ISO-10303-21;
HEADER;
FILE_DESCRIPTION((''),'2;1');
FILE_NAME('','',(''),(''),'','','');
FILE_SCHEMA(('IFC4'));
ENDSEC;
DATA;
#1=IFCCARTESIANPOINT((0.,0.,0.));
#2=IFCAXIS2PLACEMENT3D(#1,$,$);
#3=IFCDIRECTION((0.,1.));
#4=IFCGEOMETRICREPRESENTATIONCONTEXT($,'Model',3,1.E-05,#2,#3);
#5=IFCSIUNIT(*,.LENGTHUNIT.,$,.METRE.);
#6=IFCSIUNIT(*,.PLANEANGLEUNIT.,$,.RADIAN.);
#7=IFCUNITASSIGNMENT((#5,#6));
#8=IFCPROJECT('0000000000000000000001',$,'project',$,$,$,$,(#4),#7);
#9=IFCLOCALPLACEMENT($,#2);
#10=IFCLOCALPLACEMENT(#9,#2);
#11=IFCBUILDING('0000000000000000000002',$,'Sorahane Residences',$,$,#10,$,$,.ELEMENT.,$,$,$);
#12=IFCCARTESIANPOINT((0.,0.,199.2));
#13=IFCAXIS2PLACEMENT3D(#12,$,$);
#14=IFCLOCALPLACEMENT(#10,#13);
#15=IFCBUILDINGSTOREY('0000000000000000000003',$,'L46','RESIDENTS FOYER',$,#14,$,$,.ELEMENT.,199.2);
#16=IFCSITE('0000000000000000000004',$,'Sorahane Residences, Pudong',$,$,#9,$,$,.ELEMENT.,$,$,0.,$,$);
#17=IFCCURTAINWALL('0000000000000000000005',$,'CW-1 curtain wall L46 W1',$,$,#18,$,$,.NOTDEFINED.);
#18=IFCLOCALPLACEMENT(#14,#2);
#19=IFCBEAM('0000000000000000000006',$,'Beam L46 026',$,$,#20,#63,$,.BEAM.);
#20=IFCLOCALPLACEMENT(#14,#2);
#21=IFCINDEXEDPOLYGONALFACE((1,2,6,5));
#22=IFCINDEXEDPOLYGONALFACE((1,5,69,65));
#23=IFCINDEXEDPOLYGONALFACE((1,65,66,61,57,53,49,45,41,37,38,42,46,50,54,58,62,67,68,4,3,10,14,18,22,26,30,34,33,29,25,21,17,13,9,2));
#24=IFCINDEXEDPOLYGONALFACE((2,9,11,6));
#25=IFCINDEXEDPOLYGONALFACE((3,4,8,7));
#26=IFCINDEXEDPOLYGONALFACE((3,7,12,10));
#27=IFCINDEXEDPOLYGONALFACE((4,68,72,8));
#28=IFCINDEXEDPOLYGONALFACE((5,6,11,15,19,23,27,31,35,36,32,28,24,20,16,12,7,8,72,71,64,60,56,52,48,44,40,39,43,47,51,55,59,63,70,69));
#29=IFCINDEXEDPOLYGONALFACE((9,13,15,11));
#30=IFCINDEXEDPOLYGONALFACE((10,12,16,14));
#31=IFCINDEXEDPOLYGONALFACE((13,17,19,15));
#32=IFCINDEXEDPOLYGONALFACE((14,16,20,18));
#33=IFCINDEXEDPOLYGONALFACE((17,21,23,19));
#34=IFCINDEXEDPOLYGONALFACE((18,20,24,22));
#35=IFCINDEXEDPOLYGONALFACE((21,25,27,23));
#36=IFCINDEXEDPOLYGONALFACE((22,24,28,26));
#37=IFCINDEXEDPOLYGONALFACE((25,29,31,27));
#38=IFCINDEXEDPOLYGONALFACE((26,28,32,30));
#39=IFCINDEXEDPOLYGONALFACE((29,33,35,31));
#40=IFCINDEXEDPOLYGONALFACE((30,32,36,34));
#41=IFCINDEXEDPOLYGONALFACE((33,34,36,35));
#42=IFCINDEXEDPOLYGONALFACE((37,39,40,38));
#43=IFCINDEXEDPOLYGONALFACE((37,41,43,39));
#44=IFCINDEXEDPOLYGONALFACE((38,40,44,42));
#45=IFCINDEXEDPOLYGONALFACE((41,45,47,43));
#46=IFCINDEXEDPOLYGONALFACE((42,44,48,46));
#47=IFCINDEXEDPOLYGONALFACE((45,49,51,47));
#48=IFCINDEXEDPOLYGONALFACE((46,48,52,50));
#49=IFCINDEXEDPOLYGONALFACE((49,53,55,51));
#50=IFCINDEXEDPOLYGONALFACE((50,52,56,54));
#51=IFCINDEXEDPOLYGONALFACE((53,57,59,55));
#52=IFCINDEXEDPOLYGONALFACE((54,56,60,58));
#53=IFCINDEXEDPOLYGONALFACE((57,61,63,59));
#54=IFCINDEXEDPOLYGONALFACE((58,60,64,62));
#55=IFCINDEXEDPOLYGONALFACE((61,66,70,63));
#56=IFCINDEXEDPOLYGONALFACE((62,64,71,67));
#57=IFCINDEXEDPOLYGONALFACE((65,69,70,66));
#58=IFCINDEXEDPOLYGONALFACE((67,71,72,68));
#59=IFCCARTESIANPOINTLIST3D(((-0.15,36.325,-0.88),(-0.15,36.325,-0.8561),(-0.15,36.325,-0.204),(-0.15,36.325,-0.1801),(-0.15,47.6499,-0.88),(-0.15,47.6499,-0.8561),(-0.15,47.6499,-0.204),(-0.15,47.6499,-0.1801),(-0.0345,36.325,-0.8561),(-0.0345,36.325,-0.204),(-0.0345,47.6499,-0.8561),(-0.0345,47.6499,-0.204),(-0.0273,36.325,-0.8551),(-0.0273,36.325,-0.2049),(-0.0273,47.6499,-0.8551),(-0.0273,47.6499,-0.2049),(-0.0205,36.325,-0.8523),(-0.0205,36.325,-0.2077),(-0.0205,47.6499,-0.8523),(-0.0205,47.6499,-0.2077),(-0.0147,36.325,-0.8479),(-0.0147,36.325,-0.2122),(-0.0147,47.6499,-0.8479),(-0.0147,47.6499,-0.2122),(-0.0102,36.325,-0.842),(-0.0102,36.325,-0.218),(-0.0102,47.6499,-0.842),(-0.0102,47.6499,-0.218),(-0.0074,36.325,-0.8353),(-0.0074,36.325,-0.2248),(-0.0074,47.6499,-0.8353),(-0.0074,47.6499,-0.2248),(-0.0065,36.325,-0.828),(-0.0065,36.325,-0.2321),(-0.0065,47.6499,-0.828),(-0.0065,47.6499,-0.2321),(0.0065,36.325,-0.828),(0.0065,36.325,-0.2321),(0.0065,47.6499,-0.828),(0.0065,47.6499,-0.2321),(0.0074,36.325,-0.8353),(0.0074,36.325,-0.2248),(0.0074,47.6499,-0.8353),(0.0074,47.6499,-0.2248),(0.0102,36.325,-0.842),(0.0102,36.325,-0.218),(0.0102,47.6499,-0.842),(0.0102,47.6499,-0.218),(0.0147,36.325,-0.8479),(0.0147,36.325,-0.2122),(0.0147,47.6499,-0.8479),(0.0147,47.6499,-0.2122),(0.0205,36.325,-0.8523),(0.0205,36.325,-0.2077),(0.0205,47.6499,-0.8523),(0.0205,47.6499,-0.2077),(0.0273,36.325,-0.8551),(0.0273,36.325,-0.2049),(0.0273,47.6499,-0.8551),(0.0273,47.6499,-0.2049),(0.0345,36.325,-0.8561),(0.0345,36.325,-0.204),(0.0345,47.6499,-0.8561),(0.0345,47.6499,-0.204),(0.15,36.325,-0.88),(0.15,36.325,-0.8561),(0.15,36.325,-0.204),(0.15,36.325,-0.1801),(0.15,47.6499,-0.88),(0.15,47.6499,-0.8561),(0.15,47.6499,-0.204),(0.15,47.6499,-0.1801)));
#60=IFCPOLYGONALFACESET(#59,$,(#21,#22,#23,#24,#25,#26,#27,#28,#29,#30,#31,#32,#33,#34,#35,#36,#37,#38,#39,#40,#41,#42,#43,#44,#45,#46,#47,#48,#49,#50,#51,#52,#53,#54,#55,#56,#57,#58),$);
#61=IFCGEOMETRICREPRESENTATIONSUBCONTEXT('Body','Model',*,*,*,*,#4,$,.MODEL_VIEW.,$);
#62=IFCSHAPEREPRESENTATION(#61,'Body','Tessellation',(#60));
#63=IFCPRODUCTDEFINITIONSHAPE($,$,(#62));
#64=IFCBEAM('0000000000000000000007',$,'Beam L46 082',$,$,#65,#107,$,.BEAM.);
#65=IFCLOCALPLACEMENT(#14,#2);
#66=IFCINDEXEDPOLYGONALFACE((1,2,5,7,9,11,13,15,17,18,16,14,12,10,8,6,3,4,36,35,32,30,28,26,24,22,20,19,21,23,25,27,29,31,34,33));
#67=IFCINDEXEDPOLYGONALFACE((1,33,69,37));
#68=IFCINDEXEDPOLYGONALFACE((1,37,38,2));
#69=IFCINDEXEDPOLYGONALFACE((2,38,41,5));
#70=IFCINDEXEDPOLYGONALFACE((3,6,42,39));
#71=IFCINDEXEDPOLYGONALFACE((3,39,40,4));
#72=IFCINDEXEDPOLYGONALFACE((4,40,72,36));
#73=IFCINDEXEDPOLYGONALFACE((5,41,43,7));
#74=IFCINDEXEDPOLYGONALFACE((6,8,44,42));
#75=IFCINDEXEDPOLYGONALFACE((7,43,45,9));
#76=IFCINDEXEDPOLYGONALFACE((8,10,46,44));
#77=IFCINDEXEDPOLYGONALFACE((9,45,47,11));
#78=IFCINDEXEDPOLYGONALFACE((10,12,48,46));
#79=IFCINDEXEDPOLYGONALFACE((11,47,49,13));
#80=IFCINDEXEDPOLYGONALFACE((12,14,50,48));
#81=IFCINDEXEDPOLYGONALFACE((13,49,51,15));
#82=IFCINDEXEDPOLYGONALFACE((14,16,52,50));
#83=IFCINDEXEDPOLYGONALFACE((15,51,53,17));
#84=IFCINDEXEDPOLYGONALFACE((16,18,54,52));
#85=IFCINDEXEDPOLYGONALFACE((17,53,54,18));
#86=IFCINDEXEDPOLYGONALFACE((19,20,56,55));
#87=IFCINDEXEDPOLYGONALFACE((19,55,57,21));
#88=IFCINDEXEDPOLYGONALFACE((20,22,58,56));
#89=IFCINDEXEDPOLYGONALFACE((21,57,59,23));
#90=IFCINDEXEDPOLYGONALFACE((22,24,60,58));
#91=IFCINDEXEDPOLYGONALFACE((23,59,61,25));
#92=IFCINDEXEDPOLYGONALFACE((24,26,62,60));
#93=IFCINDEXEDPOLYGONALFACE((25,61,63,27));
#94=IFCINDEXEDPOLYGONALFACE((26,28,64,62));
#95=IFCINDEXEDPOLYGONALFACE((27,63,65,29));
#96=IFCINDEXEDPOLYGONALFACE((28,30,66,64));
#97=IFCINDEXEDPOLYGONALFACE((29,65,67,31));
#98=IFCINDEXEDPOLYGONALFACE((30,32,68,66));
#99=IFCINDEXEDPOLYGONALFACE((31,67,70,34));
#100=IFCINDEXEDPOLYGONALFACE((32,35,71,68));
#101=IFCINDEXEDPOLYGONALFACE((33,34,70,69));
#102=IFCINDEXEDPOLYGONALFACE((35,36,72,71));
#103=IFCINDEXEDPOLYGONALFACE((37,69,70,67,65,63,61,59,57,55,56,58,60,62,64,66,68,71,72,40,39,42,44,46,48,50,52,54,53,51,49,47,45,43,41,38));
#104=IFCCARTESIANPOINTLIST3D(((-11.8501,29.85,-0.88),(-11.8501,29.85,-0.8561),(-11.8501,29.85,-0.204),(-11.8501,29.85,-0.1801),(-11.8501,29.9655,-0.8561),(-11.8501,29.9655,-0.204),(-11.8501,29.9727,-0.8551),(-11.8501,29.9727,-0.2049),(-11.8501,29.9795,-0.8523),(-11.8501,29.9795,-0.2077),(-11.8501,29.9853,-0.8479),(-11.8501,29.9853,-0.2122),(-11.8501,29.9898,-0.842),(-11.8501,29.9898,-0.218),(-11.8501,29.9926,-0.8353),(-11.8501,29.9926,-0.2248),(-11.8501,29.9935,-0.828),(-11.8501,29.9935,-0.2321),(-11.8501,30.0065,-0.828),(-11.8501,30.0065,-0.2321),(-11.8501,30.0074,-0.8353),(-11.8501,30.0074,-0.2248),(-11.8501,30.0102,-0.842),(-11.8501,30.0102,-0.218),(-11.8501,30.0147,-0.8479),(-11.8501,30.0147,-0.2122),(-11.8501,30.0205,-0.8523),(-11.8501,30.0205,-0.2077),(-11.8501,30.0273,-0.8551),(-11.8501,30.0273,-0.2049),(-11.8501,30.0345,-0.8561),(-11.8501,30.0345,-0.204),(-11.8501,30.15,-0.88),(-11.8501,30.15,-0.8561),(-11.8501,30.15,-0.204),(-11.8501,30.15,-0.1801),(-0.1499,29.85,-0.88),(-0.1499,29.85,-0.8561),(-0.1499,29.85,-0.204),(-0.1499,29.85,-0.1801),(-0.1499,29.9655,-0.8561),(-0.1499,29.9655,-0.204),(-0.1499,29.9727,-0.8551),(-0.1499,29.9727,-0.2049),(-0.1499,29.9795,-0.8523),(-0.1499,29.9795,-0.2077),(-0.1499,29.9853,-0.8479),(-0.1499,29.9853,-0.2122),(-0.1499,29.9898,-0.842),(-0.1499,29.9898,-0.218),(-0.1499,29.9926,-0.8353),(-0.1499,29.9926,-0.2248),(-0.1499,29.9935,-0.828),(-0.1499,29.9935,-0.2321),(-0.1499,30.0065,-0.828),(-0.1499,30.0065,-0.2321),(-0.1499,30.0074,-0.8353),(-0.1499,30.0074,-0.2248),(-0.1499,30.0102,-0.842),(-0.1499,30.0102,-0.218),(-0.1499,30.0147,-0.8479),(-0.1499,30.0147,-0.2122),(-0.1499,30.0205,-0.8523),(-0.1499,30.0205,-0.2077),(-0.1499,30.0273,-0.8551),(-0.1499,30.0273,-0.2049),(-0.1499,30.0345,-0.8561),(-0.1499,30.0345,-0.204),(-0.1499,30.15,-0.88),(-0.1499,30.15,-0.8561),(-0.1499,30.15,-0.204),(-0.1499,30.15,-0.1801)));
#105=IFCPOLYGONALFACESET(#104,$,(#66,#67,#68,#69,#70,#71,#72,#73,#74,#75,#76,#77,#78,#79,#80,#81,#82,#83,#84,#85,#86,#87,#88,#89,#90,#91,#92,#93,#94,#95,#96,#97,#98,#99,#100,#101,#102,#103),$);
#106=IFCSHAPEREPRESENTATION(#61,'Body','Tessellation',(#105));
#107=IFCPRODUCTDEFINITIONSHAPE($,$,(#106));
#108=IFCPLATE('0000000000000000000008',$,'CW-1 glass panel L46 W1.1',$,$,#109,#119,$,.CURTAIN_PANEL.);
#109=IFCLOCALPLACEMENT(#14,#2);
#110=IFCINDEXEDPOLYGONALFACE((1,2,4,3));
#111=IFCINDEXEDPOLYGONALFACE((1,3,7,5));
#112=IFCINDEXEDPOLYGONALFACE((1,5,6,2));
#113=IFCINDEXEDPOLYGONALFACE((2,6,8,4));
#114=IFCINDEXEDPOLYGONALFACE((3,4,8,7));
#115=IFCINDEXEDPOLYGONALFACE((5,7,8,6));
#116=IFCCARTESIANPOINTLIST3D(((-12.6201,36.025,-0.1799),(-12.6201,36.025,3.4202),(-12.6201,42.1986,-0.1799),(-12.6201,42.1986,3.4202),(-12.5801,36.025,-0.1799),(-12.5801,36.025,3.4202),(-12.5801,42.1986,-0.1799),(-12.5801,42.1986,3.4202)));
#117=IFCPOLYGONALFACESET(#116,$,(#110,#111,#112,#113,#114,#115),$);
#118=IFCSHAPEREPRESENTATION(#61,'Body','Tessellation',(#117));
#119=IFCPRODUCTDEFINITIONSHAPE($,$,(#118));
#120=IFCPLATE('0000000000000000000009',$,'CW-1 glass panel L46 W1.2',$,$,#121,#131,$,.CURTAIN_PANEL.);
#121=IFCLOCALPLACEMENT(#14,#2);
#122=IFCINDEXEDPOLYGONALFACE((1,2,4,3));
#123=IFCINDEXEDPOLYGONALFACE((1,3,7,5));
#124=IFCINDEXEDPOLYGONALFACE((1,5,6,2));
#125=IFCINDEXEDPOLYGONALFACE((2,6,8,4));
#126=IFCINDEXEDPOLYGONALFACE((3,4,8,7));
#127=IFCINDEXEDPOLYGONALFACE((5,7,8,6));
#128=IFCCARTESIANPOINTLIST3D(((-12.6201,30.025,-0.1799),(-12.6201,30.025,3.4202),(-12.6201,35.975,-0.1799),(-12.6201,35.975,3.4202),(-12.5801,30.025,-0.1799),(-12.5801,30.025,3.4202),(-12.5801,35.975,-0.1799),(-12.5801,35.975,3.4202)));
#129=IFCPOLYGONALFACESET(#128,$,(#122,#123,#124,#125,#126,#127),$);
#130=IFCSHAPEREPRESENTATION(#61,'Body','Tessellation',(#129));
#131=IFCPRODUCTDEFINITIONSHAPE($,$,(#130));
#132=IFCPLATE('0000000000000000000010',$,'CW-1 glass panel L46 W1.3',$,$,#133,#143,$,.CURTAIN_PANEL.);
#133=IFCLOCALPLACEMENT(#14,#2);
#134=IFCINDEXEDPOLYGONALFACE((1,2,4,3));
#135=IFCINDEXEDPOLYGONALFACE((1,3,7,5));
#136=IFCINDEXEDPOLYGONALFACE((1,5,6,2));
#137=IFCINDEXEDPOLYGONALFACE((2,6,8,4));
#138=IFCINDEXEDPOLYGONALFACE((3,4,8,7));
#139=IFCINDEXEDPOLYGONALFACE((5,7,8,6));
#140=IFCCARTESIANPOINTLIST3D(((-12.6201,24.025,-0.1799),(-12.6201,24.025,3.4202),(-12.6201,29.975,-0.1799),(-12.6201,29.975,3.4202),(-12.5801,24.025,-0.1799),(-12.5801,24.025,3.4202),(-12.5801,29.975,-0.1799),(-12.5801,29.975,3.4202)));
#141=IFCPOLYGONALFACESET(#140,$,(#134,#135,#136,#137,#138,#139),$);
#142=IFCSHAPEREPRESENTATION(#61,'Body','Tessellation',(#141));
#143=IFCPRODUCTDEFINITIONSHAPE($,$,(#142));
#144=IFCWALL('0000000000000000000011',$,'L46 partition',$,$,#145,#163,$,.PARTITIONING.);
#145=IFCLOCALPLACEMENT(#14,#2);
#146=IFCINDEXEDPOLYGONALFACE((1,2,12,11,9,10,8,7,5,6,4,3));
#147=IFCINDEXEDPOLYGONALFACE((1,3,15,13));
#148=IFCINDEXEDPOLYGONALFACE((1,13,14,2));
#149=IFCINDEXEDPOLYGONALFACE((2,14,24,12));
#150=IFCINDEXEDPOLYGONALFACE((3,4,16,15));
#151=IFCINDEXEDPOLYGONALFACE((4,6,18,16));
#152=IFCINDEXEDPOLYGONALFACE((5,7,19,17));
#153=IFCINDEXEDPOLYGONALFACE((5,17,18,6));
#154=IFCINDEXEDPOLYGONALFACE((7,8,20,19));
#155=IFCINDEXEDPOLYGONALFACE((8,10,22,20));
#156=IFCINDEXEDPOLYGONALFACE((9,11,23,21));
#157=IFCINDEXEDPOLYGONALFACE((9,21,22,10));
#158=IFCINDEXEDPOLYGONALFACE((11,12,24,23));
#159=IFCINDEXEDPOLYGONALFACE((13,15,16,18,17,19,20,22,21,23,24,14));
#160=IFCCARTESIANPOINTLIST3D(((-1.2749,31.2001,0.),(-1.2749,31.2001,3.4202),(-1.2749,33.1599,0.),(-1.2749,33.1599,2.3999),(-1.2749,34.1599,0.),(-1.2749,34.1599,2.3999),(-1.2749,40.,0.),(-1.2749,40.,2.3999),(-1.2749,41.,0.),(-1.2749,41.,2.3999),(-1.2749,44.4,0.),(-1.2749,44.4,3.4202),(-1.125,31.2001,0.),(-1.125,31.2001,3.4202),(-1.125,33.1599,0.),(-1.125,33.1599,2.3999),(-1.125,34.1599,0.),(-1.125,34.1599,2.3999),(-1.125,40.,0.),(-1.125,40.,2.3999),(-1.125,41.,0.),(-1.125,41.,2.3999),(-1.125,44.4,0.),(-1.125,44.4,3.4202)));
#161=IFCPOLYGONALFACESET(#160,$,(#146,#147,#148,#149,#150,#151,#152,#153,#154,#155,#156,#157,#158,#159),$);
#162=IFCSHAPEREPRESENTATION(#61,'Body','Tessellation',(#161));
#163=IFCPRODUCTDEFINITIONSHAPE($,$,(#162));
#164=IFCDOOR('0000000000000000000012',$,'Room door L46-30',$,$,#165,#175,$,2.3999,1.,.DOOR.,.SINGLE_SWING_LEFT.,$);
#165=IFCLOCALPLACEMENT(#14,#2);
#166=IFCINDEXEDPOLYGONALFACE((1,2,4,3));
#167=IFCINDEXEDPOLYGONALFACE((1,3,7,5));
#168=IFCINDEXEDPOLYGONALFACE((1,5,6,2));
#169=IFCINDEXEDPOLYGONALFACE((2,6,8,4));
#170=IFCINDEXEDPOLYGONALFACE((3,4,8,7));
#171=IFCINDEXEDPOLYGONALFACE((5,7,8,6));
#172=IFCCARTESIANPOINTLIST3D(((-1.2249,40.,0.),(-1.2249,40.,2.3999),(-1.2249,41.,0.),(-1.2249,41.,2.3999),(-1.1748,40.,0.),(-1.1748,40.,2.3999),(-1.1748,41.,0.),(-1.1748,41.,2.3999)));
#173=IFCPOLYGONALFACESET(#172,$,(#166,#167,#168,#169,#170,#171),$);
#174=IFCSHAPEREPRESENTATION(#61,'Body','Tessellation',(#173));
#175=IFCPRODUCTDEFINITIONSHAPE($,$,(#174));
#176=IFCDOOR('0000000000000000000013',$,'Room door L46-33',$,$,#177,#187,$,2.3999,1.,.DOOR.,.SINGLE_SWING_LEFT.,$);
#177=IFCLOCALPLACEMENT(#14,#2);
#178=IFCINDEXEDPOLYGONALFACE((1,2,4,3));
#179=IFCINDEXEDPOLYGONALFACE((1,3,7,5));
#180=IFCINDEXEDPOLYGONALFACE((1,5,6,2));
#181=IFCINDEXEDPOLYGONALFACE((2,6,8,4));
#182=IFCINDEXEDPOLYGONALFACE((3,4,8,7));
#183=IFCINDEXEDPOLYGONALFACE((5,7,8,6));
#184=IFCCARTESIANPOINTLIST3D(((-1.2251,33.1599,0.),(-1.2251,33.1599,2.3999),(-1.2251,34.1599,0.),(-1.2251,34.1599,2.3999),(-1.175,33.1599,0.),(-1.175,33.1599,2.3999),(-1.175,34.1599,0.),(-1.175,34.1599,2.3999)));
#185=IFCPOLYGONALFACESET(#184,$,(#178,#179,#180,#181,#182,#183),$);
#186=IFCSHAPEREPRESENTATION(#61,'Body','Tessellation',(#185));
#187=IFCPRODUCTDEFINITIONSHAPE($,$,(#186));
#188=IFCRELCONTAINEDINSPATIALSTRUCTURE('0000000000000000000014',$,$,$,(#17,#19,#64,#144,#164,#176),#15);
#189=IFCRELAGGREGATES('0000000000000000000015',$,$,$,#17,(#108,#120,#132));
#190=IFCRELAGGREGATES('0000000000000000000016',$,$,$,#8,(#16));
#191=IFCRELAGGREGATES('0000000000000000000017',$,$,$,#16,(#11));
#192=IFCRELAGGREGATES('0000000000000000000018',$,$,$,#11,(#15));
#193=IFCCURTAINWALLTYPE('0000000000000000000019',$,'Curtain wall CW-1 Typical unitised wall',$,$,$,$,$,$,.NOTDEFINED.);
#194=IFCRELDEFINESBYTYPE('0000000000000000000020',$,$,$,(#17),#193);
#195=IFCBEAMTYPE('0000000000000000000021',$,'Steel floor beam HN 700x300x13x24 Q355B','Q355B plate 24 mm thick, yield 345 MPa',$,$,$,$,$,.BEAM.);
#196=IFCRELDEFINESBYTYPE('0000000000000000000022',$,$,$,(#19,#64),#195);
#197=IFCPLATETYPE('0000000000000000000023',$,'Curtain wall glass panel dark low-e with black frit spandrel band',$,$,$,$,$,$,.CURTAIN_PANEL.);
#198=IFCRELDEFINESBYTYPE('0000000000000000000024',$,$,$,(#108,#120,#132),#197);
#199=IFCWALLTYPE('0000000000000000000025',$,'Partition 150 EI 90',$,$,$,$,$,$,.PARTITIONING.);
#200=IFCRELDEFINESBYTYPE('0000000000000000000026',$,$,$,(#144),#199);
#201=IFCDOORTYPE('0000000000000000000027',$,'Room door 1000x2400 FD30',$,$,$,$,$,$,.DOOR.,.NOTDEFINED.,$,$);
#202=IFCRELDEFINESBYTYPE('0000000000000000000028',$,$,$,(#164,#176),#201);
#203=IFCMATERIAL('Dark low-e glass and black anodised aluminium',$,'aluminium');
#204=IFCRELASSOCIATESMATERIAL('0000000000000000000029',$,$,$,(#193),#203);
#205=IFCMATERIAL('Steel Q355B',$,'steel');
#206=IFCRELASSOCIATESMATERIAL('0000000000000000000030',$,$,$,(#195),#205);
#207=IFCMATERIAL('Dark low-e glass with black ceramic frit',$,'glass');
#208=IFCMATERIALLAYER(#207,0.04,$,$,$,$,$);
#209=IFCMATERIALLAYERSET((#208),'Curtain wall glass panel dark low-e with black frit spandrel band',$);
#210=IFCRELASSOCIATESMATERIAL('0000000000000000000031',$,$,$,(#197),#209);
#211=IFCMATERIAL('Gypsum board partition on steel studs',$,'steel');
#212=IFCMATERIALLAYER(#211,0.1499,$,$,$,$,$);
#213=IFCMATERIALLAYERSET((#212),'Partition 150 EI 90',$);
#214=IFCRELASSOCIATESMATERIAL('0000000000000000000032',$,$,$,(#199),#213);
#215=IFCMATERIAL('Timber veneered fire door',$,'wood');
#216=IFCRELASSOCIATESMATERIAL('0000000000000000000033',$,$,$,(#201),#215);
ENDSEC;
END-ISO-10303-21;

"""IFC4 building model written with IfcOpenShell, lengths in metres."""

from ifc_helpers import new_model, si_unit, direction, frame, frame_2d, origin, origin_2d, place, context, subcontext, project, spatial, rectangle, i_section, extrude, material, layer, layer_set, material_profile, profile_set, type_object, element, fill, aggregate, save


model = new_model("IFC4")

# Units and contexts
model_context = context("Model", 3, precision=1e-05, world=origin(), true_north=direction((0.0, 1.0)))
body_context = subcontext(model_context, "Body", "Model", "MODEL_VIEW")
ifc_project = project(units=[si_unit("LENGTHUNIT", "METRE"), si_unit("PLANEANGLEUNIT", "RADIAN")], contexts=[model_context])

# Site, building, storey
site_placement = place(None, origin())
site = spatial("IfcSite", under=ifc_project, at=site_placement, Name="Sorahane Residences, Pudong", CompositionType="ELEMENT", RefElevation=0.0)
building_placement = place(site_placement, origin())
building = spatial("IfcBuilding", under=site, at=building_placement, Name="Sorahane Residences", CompositionType="ELEMENT")
storey_placement = place(building_placement, frame((0.0, 0.0, 199.2)))
storey = spatial("IfcBuildingStorey", under=building, at=storey_placement, Name="L46", Description="RESIDENTS FOYER", CompositionType="ELEMENT", Elevation=199.2)

# Curtain wall
ifc_material_1 = material(Name="Dark low-e glass and black anodised aluminium", Category="aluminium")
curtain_wall_type = type_object("IfcCurtainWallType", Name="Curtain wall CW-1 Typical unitised wall", PredefinedType="NOTDEFINED", material=ifc_material_1)
curtain_wall_placement = place(storey_placement, origin())
curtain_wall = element("IfcCurtainWall", 1, at=curtain_wall_placement, inside=storey, type_object=curtain_wall_type, Name="CW-1 curtain wall L46 W1", PredefinedType="NOTDEFINED")

# Beams
ifc_material_2 = material(Name="Steel Q355B", Category="steel")
ifc_material_profile_1 = material_profile(ifc_material_2, i_section(OverallWidth=0.3, OverallDepth=0.7, WebThickness=0.0129, FlangeThickness=0.0239, FilletRadius=0.0281, at=origin_2d()), Name="HN 700x300x13x24")
ifc_profile_set_1 = profile_set([ifc_material_profile_1], Name="Steel Q355B")
beam_type_1 = type_object("IfcBeamType", Name="Steel floor beam HN 700x300x13x24 Q355B", Description="Q355B plate 24 mm thick, yield 345 MPa", PredefinedType="BEAM", material=ifc_profile_set_1)
beam_1_placement = place(storey_placement, frame((0.0, 36.325, -0.53), z_axis=(0.0, 1.0, 0.0), x_axis=(-1.0, 0.0, 0.0)))
element("IfcBeam", 2, at=beam_1_placement, inside=storey, type_object=beam_type_1, Name="Beam L46 026", PredefinedType="BEAM", context=body_context, shape_type="SweptSolid", body=[
    extrude(i_section(OverallWidth=0.3, OverallDepth=0.7, WebThickness=0.0129, FlangeThickness=0.0239, FilletRadius=0.0281, at=origin_2d()), origin(), (0.0, 0.0, 1.0), 11.325),
])
beam_2_placement = place(storey_placement, frame((-11.8501, 30.0, -0.53), z_axis=(1.0, 0.0, 0.0), x_axis=(0.0, 1.0, 0.0)))
element("IfcBeam", 3, at=beam_2_placement, inside=storey, type_object=beam_type_1, Name="Beam L46 082", PredefinedType="BEAM", context=body_context, shape_type="SweptSolid", body=[
    extrude(i_section(OverallWidth=0.3, OverallDepth=0.7, WebThickness=0.0129, FlangeThickness=0.0239, FilletRadius=0.0281, at=origin_2d()), origin(), (0.0, 0.0, 1.0), 11.7002),
])

# Plates
ifc_material_3 = material(Name="Dark low-e glass with black ceramic frit", Category="glass")
ifc_layer_1 = layer(ifc_material_3, 0.04)
ifc_layer_set_1 = layer_set([ifc_layer_1], Name="Curtain wall glass panel dark low-e with black frit spandrel band")
plate_type = type_object("IfcPlateType", Name="Curtain wall glass panel dark low-e with black frit spandrel band", PredefinedType="CURTAIN_PANEL", material=ifc_layer_set_1)
plate_1_placement = place(storey_placement, frame((-12.6001, 39.1118, -0.1799), z_axis=(0.0, 0.0, 1.0), x_axis=(0.0, -1.0, 0.0)))
plate_1 = element("IfcPlate", 4, at=plate_1_placement, type_object=plate_type, Name="CW-1 glass panel L46 W1.1", PredefinedType="CURTAIN_PANEL", context=body_context, shape_type="SweptSolid", body=[
    extrude(rectangle(XDim=6.1736, YDim=0.04, at=origin_2d()), origin(), (0.0, 0.0, 1.0), 3.6001),
])
plate_2_placement = place(storey_placement, frame((-12.6001, 33.0, -0.1799), z_axis=(0.0, 0.0, 1.0), x_axis=(0.0, -1.0, 0.0)))
plate_2 = element("IfcPlate", 5, at=plate_2_placement, type_object=plate_type, Name="CW-1 glass panel L46 W1.2", PredefinedType="CURTAIN_PANEL", context=body_context, shape_type="SweptSolid", body=[
    extrude(rectangle(XDim=5.95, YDim=0.04, at=origin_2d()), origin(), (0.0, 0.0, 1.0), 3.6001),
])
plate_3_placement = place(storey_placement, frame((-12.6001, 27.0, -0.1799), z_axis=(0.0, 0.0, 1.0), x_axis=(0.0, -1.0, 0.0)))
plate_3 = element("IfcPlate", 6, at=plate_3_placement, type_object=plate_type, Name="CW-1 glass panel L46 W1.3", PredefinedType="CURTAIN_PANEL", context=body_context, shape_type="SweptSolid", body=[
    extrude(rectangle(XDim=5.95, YDim=0.04, at=origin_2d()), origin(), (0.0, 0.0, 1.0), 3.6001),
])
aggregate(curtain_wall, [plate_1, plate_2, plate_3])

# Wall, openings, doors
ifc_material_4 = material(Name="Gypsum board partition on steel studs", Category="steel")
ifc_layer_2 = layer(ifc_material_4, 0.1499)
ifc_layer_set_2 = layer_set([ifc_layer_2], Name="Partition 150 EI 90")
wall_type_1 = type_object("IfcWallType", Name="Partition 150 EI 90", PredefinedType="PARTITIONING", material=ifc_layer_set_2)
wall_1_placement = place(storey_placement, frame((-1.2, 31.2, 0.0), z_axis=(0.0, 0.0, 1.0), x_axis=(0.0, 1.0, 0.0)))
wall_1 = element("IfcWall", 7, at=wall_1_placement, inside=storey, type_object=wall_type_1, Name="L46 partition", PredefinedType="PARTITIONING", context=body_context, shape_type="SweptSolid", body=[
    extrude(rectangle(XDim=13.2, YDim=0.1499, at=frame_2d((6.6001, 0.0))), origin(), (0.0, 0.0, 1.0), 3.4202),
])
opening_1_placement = place(wall_1_placement, frame((8.8, 0.0, 0.0)))
opening_1 = element("IfcOpeningElement", 8, at=opening_1_placement, cuts=wall_1, PredefinedType="OPENING", context=body_context, shape_type="SweptSolid", body=[
    extrude(rectangle(XDim=1.0, YDim=2.3999, at=frame_2d((0.5, 1.2))), frame((0.0, 0.085, 0.0), z_axis=(0.0, -1.0, 0.0), x_axis=(1.0, 0.0, 0.0)), (0.0, 0.0, 1.0), 0.1699),
])
opening_2_placement = place(wall_1_placement, frame((1.96, 0.0, 0.0)))
opening_2 = element("IfcOpeningElement", 9, at=opening_2_placement, cuts=wall_1, PredefinedType="OPENING", context=body_context, shape_type="SweptSolid", body=[
    extrude(rectangle(XDim=1.0, YDim=2.3999, at=frame_2d((0.5, 1.2))), frame((0.0, 0.085, 0.0), z_axis=(0.0, -1.0, 0.0), x_axis=(1.0, 0.0, 0.0)), (0.0, 0.0, 1.0), 0.1699),
])
ifc_material_5 = material(Name="Timber veneered fire door", Category="wood")
door_type_1 = type_object("IfcDoorType", Name="Room door 1000x2400 FD30", OperationType="NOTDEFINED", PredefinedType="DOOR", material=ifc_material_5)
door_1_placement = place(opening_1_placement, origin())
door_1 = element("IfcDoor", 10, at=door_1_placement, inside=storey, type_object=door_type_1, Name="Room door L46-30", OperationType="SINGLE_SWING_LEFT", OverallHeight=2.3999, OverallWidth=1.0, PredefinedType="DOOR", context=body_context, shape_type="SweptSolid", body=[
    extrude(rectangle(XDim=1.0, YDim=2.3999, at=frame_2d((0.5, 1.2))), frame((0.0, 0.0249, 0.0), z_axis=(0.0, -1.0, 0.0), x_axis=(1.0, 0.0, 0.0)), (0.0, 0.0, 1.0), 0.05),
])
fill(opening_1, door_1)
door_2_placement = place(opening_2_placement, frame((1.0, 0.0, 0.0), z_axis=(0.0, 0.0, 1.0), x_axis=(-1.0, 0.0, 0.0)))
door_2 = element("IfcDoor", 11, at=door_2_placement, inside=storey, type_object=door_type_1, Name="Room door L46-33", OperationType="SINGLE_SWING_LEFT", OverallHeight=2.3999, OverallWidth=1.0, PredefinedType="DOOR", context=body_context, shape_type="SweptSolid", body=[
    extrude(rectangle(XDim=1.0, YDim=2.3999, at=frame_2d((0.5, 1.2))), frame((0.0, 0.0249, 0.0), z_axis=(0.0, -1.0, 0.0), x_axis=(1.0, 0.0, 0.0)), (0.0, 0.0, 1.0), 0.05),
])
fill(opening_2, door_2)

save(model, "model.ifc")
